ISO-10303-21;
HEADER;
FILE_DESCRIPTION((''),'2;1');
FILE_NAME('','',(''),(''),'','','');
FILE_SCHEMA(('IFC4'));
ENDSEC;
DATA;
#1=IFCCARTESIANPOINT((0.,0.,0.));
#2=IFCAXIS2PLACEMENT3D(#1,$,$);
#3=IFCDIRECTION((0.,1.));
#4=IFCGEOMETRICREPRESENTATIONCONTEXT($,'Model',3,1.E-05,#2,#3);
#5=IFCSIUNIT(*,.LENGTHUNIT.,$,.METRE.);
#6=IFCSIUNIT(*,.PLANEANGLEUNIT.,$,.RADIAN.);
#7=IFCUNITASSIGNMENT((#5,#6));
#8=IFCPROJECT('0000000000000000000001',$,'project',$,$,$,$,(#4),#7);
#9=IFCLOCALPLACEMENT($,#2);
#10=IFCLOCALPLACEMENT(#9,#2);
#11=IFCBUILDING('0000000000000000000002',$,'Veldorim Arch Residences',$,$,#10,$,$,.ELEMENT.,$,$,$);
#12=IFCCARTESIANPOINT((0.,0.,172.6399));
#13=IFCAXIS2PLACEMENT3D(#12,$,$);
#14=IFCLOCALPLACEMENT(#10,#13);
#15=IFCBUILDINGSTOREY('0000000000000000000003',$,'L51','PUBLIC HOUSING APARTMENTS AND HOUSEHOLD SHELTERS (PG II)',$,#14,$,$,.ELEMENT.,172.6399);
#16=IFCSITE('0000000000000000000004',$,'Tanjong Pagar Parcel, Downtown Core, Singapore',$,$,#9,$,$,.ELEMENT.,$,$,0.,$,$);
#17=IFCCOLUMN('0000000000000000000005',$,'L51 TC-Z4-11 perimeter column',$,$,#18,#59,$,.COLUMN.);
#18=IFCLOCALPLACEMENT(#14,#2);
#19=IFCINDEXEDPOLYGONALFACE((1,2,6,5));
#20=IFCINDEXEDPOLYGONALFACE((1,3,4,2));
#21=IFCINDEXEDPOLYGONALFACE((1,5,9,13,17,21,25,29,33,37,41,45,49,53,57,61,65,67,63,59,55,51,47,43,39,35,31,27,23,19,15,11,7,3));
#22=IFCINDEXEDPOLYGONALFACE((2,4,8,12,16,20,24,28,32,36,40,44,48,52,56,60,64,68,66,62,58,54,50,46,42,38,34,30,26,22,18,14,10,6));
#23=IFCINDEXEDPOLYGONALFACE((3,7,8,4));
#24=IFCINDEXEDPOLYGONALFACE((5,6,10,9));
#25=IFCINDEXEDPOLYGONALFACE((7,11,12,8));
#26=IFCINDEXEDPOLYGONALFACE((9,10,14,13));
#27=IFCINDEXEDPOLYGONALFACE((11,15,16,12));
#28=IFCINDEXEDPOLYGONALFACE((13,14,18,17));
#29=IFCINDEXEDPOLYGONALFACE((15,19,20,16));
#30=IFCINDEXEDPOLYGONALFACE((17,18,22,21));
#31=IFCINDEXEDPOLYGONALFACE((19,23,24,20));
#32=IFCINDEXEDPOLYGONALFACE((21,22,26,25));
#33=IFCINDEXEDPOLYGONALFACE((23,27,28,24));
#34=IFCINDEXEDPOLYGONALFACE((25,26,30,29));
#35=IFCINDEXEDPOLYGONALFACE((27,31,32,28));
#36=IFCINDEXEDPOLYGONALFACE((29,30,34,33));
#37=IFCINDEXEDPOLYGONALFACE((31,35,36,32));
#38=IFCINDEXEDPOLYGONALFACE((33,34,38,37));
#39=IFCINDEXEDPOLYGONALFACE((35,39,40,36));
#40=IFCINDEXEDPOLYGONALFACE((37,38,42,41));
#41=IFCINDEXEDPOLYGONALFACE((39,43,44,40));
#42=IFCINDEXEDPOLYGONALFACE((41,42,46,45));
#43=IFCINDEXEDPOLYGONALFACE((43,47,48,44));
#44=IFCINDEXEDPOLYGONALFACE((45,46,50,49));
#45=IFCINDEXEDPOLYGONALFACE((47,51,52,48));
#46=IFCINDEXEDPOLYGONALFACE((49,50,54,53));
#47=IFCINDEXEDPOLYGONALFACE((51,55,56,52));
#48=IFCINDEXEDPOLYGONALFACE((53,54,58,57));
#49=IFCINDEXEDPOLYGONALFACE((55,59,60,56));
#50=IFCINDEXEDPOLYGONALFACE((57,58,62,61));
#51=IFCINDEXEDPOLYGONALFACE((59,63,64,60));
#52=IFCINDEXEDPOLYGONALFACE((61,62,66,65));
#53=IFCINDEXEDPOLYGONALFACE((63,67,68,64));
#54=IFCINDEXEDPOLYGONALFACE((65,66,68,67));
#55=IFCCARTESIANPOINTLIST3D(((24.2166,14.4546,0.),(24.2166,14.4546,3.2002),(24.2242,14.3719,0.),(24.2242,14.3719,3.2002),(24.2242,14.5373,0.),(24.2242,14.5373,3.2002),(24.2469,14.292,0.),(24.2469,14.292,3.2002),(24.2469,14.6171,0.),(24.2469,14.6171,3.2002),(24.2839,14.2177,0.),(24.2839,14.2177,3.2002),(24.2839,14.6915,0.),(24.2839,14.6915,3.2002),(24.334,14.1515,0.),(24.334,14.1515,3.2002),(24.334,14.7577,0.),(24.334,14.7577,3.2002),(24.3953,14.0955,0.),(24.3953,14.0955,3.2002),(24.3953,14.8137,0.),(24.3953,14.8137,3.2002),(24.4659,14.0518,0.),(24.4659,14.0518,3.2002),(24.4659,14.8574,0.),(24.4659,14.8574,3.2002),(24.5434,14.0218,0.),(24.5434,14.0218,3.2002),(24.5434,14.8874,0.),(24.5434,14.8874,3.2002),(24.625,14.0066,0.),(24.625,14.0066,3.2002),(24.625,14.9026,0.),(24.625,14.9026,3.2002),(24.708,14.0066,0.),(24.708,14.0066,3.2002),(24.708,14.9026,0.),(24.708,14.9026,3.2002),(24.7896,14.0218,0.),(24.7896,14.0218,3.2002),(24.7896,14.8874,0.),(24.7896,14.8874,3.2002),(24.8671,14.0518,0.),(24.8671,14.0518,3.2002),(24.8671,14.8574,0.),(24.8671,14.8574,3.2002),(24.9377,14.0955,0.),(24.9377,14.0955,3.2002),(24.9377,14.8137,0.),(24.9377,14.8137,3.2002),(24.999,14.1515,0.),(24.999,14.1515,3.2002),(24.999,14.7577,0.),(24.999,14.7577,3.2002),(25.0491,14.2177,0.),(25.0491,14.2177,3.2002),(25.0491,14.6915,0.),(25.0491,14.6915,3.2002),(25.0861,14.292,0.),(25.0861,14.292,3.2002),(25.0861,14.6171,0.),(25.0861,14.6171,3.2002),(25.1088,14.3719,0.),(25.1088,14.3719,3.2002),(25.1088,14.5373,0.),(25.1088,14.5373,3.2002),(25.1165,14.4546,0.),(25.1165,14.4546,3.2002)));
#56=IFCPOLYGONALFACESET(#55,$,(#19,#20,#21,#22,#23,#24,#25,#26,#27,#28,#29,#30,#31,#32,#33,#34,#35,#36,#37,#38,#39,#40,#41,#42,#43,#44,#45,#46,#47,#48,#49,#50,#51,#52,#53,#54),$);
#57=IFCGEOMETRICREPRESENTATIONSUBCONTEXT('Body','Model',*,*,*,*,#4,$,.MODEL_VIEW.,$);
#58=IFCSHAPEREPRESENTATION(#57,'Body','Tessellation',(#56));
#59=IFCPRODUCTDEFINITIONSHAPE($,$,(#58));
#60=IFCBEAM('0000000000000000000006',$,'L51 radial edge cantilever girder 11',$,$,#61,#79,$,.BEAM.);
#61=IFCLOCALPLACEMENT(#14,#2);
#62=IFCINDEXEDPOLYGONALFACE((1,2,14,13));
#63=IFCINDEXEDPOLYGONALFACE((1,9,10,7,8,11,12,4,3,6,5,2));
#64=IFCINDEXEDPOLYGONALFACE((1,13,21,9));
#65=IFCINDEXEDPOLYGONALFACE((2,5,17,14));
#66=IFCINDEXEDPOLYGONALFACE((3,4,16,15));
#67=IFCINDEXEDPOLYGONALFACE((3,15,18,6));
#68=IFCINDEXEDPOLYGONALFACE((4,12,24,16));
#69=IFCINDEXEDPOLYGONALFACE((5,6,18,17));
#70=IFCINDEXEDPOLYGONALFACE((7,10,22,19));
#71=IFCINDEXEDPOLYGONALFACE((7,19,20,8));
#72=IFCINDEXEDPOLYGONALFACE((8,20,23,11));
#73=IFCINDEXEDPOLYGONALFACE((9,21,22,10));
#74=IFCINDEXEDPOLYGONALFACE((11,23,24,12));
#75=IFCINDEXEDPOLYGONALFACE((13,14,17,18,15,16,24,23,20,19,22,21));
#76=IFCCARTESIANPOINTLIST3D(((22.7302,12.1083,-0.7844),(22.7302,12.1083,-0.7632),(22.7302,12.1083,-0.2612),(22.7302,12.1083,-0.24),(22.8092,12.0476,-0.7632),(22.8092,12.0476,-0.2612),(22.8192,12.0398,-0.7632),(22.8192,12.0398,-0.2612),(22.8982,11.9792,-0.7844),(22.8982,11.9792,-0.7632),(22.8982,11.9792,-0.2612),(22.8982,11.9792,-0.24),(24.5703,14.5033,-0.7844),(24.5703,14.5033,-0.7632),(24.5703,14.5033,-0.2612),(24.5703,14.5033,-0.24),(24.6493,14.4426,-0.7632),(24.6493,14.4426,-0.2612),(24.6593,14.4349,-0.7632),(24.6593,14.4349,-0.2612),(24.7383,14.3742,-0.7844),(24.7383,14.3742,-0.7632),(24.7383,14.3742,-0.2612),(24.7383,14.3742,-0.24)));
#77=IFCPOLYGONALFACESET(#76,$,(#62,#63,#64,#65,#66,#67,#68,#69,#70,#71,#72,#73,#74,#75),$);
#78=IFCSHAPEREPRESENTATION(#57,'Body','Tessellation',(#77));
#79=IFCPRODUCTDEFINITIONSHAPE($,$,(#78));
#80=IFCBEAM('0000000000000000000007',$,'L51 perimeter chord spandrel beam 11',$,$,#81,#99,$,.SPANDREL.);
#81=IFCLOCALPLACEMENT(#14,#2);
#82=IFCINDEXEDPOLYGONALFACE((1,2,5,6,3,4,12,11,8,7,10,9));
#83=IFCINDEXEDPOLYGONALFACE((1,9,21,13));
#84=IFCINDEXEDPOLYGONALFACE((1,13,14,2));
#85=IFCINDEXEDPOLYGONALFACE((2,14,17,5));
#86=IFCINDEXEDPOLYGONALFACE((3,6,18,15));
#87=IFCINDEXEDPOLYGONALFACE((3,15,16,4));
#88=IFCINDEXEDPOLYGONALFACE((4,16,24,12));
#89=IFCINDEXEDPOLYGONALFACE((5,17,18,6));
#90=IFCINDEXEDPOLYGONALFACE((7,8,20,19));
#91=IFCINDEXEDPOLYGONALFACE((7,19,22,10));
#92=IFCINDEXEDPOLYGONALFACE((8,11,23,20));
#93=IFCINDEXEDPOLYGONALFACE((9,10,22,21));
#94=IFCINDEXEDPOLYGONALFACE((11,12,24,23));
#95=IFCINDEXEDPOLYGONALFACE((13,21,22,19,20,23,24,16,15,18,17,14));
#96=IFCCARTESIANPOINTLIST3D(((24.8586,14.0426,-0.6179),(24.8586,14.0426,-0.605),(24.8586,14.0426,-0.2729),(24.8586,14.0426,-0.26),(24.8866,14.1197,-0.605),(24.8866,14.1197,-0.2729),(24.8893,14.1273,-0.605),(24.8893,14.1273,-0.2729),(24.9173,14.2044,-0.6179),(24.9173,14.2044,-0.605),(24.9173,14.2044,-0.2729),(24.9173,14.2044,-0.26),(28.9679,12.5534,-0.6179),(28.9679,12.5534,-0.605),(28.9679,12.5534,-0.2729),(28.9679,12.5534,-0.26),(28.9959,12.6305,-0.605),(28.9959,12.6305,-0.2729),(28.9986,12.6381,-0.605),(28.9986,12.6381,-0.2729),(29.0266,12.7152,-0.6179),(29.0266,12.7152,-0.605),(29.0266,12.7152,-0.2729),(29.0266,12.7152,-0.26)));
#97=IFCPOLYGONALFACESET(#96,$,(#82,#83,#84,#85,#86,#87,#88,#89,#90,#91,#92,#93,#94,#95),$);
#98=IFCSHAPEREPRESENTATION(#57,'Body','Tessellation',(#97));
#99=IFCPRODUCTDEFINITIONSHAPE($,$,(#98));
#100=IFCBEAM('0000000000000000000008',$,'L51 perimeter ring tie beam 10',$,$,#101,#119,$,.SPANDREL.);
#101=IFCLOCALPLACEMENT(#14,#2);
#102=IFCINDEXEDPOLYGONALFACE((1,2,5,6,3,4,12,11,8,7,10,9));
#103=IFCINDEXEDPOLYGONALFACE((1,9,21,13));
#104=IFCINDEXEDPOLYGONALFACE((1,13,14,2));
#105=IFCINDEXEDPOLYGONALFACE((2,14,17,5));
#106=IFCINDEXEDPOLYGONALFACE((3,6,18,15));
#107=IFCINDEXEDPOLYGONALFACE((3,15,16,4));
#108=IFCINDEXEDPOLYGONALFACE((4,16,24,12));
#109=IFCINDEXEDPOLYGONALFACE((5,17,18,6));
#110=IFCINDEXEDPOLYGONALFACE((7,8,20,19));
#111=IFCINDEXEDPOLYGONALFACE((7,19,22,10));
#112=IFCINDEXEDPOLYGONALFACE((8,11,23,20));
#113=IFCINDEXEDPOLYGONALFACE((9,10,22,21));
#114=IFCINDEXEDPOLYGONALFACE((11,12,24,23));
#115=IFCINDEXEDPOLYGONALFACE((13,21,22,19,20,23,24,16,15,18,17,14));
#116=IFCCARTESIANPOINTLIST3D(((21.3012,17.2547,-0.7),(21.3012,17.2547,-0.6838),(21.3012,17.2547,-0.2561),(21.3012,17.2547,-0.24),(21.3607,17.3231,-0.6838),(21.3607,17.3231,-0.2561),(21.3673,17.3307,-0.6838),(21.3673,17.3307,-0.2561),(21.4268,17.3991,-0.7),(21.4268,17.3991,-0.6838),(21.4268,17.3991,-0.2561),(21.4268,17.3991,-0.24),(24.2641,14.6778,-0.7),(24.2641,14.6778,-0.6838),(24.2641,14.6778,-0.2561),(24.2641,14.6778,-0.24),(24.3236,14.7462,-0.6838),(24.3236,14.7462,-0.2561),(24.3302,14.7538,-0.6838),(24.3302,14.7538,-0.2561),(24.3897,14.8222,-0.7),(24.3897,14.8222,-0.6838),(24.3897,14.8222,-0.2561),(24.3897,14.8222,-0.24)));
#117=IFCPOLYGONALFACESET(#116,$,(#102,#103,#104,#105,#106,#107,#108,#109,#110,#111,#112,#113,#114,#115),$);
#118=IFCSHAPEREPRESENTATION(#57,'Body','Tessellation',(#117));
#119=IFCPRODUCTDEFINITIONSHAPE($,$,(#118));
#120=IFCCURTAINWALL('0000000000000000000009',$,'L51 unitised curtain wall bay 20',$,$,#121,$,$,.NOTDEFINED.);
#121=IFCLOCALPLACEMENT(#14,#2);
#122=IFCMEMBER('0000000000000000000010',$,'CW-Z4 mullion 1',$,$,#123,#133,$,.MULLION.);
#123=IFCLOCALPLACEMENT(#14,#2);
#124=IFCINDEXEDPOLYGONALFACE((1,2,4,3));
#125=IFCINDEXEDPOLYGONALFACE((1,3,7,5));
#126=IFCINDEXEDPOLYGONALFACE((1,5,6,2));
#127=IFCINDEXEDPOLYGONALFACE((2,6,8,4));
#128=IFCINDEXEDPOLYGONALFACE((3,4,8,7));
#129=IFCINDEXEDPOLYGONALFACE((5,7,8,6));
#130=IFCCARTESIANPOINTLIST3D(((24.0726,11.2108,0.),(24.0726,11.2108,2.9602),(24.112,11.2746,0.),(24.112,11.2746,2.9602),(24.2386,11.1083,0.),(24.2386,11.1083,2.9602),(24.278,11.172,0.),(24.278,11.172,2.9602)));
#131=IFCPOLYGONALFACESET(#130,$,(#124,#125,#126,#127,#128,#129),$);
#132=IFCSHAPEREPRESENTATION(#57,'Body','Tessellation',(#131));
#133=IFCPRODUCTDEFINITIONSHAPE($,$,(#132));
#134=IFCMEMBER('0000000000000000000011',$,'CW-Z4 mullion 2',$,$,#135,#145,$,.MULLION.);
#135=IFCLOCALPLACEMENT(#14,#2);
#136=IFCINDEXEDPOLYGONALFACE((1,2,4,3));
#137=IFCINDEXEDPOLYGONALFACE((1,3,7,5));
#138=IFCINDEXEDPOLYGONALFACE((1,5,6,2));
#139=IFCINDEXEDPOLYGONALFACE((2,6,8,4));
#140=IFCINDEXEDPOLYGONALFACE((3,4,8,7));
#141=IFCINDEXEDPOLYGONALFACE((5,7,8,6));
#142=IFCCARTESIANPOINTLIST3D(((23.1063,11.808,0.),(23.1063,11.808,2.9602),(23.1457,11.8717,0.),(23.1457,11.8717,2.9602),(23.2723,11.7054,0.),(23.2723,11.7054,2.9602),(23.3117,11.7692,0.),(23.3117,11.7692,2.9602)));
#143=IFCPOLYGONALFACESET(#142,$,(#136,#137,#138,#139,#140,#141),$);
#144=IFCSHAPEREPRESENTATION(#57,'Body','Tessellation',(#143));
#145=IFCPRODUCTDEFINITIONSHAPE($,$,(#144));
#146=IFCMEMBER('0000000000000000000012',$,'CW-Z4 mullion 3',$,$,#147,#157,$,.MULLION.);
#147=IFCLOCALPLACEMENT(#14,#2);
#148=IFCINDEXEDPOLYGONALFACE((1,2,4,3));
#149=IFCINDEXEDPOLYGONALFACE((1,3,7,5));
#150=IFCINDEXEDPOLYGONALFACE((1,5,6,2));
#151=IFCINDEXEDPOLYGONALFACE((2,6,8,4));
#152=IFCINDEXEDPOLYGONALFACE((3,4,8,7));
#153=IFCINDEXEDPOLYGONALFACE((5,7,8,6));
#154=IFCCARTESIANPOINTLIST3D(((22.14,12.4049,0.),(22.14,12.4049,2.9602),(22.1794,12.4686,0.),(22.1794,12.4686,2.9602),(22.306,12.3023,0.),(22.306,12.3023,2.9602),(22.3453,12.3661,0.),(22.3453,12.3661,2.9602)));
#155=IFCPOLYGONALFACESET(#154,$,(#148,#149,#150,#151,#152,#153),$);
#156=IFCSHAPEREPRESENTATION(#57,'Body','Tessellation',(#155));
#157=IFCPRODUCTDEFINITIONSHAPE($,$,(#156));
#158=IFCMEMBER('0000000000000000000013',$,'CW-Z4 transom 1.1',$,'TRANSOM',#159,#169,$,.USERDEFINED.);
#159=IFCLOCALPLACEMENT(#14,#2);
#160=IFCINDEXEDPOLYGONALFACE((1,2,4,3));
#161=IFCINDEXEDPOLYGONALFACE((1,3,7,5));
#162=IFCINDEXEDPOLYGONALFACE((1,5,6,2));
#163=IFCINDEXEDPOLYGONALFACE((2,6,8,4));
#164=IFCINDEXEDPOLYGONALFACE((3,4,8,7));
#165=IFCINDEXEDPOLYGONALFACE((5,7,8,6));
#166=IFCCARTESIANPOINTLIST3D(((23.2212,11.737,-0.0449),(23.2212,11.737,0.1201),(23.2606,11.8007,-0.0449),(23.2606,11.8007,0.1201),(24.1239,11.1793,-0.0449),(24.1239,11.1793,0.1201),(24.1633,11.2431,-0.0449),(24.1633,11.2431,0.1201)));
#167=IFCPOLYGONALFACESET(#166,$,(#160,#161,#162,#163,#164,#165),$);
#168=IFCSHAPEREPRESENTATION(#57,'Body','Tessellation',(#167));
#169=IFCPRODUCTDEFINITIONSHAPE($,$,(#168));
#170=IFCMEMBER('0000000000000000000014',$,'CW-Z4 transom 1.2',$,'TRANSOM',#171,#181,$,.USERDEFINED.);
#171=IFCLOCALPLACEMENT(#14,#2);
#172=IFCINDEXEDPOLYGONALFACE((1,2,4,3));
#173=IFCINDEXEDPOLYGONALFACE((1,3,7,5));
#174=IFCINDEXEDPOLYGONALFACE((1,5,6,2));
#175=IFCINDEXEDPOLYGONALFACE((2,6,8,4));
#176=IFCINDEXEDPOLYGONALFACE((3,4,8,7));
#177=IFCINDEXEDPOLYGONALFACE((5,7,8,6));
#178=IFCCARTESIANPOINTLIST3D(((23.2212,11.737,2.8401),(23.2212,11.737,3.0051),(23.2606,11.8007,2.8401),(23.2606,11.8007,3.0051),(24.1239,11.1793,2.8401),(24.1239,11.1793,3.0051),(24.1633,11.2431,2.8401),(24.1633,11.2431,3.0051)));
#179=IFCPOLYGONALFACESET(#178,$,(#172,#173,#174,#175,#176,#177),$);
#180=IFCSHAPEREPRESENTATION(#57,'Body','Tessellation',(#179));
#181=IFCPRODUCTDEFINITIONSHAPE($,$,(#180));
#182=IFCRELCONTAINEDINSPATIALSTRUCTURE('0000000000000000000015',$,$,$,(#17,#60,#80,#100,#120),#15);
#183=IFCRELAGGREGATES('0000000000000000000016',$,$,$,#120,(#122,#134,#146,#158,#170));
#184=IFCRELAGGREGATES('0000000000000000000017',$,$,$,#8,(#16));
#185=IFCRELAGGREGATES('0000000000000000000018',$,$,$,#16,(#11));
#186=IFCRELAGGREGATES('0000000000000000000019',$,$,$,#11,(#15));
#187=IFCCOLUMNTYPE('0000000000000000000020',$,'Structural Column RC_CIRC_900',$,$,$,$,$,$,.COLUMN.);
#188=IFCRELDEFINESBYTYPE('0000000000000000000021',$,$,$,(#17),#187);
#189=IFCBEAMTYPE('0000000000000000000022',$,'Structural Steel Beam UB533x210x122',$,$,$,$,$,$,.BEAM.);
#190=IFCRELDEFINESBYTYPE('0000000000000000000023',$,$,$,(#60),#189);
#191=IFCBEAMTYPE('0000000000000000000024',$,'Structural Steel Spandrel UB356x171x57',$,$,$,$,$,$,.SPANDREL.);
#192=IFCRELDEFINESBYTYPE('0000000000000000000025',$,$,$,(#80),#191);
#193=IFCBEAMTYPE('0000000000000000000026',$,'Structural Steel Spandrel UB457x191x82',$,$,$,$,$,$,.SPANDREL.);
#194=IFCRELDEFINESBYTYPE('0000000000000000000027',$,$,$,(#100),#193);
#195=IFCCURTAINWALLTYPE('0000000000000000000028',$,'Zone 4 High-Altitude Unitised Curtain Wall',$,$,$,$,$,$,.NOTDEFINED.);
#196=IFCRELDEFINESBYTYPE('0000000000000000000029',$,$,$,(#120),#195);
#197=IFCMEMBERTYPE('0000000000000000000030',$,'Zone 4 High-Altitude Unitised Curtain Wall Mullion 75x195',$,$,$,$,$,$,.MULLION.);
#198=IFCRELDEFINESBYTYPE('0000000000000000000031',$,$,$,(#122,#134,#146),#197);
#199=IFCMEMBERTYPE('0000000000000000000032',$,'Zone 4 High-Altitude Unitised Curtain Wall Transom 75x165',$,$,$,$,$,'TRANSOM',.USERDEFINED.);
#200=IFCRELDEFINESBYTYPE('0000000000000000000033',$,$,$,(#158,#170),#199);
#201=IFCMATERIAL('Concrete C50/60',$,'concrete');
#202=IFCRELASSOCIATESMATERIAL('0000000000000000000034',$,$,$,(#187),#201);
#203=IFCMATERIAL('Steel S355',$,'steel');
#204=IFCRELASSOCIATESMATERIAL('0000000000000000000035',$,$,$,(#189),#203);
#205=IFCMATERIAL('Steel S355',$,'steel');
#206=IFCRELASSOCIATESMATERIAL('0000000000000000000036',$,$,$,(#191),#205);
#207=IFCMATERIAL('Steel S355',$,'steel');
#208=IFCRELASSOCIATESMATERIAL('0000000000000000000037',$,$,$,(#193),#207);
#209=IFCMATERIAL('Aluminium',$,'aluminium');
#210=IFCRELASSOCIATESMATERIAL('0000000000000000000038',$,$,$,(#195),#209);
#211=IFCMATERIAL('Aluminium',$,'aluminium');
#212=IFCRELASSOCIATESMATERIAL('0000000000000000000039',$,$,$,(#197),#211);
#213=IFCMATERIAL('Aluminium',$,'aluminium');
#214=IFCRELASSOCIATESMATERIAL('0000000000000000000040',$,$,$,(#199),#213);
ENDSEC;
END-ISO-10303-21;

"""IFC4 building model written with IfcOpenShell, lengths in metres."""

from ifc_helpers import new_model, si_unit, direction, frame, origin, origin_2d, place, context, subcontext, project, spatial, rectangle, circle, i_section, extrude, material, material_profile, profile_set, type_object, element, aggregate, save


model = new_model("IFC4")

# Units and contexts
model_context = context("Model", 3, precision=1e-05, world=origin(), true_north=direction((0.0, 1.0)))
body_context = subcontext(model_context, "Body", "Model", "MODEL_VIEW")
ifc_project = project(units=[si_unit("LENGTHUNIT", "METRE"), si_unit("PLANEANGLEUNIT", "RADIAN")], contexts=[model_context])

# Site, building, storey
site_placement = place(None, origin())
site = spatial("IfcSite", under=ifc_project, at=site_placement, Name="Tanjong Pagar Parcel, Downtown Core, Singapore", CompositionType="ELEMENT", RefElevation=0.0)
building_placement = place(site_placement, origin())
building = spatial("IfcBuilding", under=site, at=building_placement, Name="Veldorim Arch Residences", CompositionType="ELEMENT")
storey_placement = place(building_placement, frame((0.0, 0.0, 172.6399)))
storey = spatial("IfcBuildingStorey", under=building, at=storey_placement, Name="L51", Description="PUBLIC HOUSING APARTMENTS AND HOUSEHOLD SHELTERS (PG II)", CompositionType="ELEMENT", Elevation=172.6399)

# Column
ifc_material_1 = material(Name="Concrete C50/60", Category="concrete")
ifc_material_profile_1 = material_profile(ifc_material_1, circle(Radius=0.45, at=origin_2d()), Name="RC_CIRC_900")
ifc_profile_set_1 = profile_set([ifc_material_profile_1], Name="Concrete C50/60")
column_type = type_object("IfcColumnType", Name="Structural Column RC_CIRC_900", PredefinedType="COLUMN", material=ifc_profile_set_1)
column_placement = place(storey_placement, frame((24.6665, 14.4546, 0.0), z_axis=(0.0, 0.0, 1.0), x_axis=(1.0, 0.0, 0.0)))
element("IfcColumn", 1, at=column_placement, inside=storey, type_object=column_type, Name="L51 TC-Z4-11 perimeter column", PredefinedType="COLUMN", context=body_context, shape_type="SweptSolid", body=[
    extrude(circle(Radius=0.45, at=origin_2d()), origin(), (0.0, 0.0, 1.0), 3.2002),
])

# Beams
ifc_material_2 = material(Name="Steel S355", Category="steel")
ifc_material_profile_2 = material_profile(ifc_material_2, i_section(OverallWidth=0.2119, OverallDepth=0.5444, WebThickness=0.0127, FlangeThickness=0.0212, at=origin_2d()), Name="UB533x210x122")
ifc_profile_set_2 = profile_set([ifc_material_profile_2], Name="Steel S355")
beam_type_1 = type_object("IfcBeamType", Name="Structural Steel Beam UB533x210x122", PredefinedType="BEAM", material=ifc_profile_set_2)
beam_1_placement = place(storey_placement, frame((24.6543, 14.4387, -0.5122), z_axis=(-0.609246, -0.792981, 0.0), x_axis=(0.792981, -0.609246, 0.0)))
element("IfcBeam", 2, at=beam_1_placement, inside=storey, type_object=beam_type_1, Name="L51 radial edge cantilever girder 11", PredefinedType="BEAM", context=body_context, shape_type="SweptSolid", body=[
    extrude(i_section(OverallWidth=0.2119, OverallDepth=0.5444, WebThickness=0.0127, FlangeThickness=0.0212, at=origin_2d()), origin(), (0.0, 0.0, 1.0), 3.0203),
])
ifc_material_3 = material(Name="Steel S355", Category="steel")
ifc_material_profile_3 = material_profile(ifc_material_3, i_section(OverallWidth=0.1721, OverallDepth=0.3579, WebThickness=0.0081, FlangeThickness=0.0129, at=origin_2d()), Name="UB356x171x57")
ifc_profile_set_3 = profile_set([ifc_material_profile_3], Name="Steel S355")
beam_type_2 = type_object("IfcBeamType", Name="Structural Steel Spandrel UB356x171x57", PredefinedType="SPANDREL", material=ifc_profile_set_3)
beam_2_placement = place(storey_placement, frame((24.8879, 14.1235, -0.439), z_axis=(0.940165, -0.34072, 0.0), x_axis=(0.34072, 0.940165, 0.0)))
element("IfcBeam", 3, at=beam_2_placement, inside=storey, type_object=beam_type_2, Name="L51 perimeter chord spandrel beam 11", PredefinedType="SPANDREL", context=body_context, shape_type="SweptSolid", body=[
    extrude(i_section(OverallWidth=0.1721, OverallDepth=0.3579, WebThickness=0.0081, FlangeThickness=0.0129, at=origin_2d()), origin(), (0.0, 0.0, 1.0), 4.3708),
])
ifc_material_4 = material(Name="Steel S355", Category="steel")
ifc_material_profile_4 = material_profile(ifc_material_4, i_section(OverallWidth=0.1914, OverallDepth=0.46, WebThickness=0.01, FlangeThickness=0.0161, at=origin_2d()), Name="UB457x191x82")
ifc_profile_set_4 = profile_set([ifc_material_profile_4], Name="Steel S355")
beam_type_3 = type_object("IfcBeamType", Name="Structural Steel Spandrel UB457x191x82", PredefinedType="SPANDREL", material=ifc_profile_set_4)
beam_3_placement = place(storey_placement, frame((21.364, 17.3269, -0.47), z_axis=(0.754545, -0.656248, 0.0), x_axis=(0.656248, 0.754545, 0.0)))
element("IfcBeam", 4, at=beam_3_placement, inside=storey, type_object=beam_type_3, Name="L51 perimeter ring tie beam 10", PredefinedType="SPANDREL", context=body_context, shape_type="SweptSolid", body=[
    extrude(i_section(OverallWidth=0.1914, OverallDepth=0.46, WebThickness=0.01, FlangeThickness=0.0161, at=origin_2d()), origin(), (0.0, 0.0, 1.0), 3.9268),
])

# Curtain wall, members
ifc_material_5 = material(Name="Aluminium", Category="aluminium")
curtain_wall_type = type_object("IfcCurtainWallType", Name="Zone 4 High-Altitude Unitised Curtain Wall", PredefinedType="NOTDEFINED", material=ifc_material_5)
curtain_wall_placement = place(storey_placement, origin())
curtain_wall = element("IfcCurtainWall", 5, at=curtain_wall_placement, inside=storey, type_object=curtain_wall_type, Name="L51 unitised curtain wall bay 20", PredefinedType="NOTDEFINED")
ifc_material_6 = material(Name="Aluminium", Category="aluminium")
ifc_material_profile_5 = material_profile(ifc_material_6, rectangle(XDim=0.075, YDim=0.1951, at=origin_2d()), Name="ALU_MUL_75x195")
ifc_profile_set_5 = profile_set([ifc_material_profile_5], Name="Aluminium")
member_type_1 = type_object("IfcMemberType", Name="Zone 4 High-Altitude Unitised Curtain Wall Mullion 75x195", PredefinedType="MULLION", material=ifc_profile_set_5)
member_1_placement = place(storey_placement, frame((24.1753, 11.1914, 0.0), z_axis=(0.0, 0.0, 1.0), x_axis=(-0.525637, -0.850709, 0.0)))
member_1 = element("IfcMember", 6, at=member_1_placement, type_object=member_type_1, Name="CW-Z4 mullion 1", PredefinedType="MULLION", context=body_context, shape_type="SweptSolid", body=[
    extrude(rectangle(XDim=0.075, YDim=0.1951, at=origin_2d()), origin(), (0.0, 0.0, 1.0), 2.9602),
])
member_2_placement = place(storey_placement, frame((23.209, 11.7886, 0.0), z_axis=(0.0, 0.0, 1.0), x_axis=(-0.525637, -0.850709, 0.0)))
member_2 = element("IfcMember", 7, at=member_2_placement, type_object=member_type_1, Name="CW-Z4 mullion 2", PredefinedType="MULLION", context=body_context, shape_type="SweptSolid", body=[
    extrude(rectangle(XDim=0.075, YDim=0.1951, at=origin_2d()), origin(), (0.0, 0.0, 1.0), 2.9602),
])
member_3_placement = place(storey_placement, frame((22.2427, 12.3855, 0.0), z_axis=(0.0, 0.0, 1.0), x_axis=(-0.525637, -0.850709, 0.0)))
member_3 = element("IfcMember", 8, at=member_3_placement, type_object=member_type_1, Name="CW-Z4 mullion 3", PredefinedType="MULLION", context=body_context, shape_type="SweptSolid", body=[
    extrude(rectangle(XDim=0.075, YDim=0.1951, at=origin_2d()), origin(), (0.0, 0.0, 1.0), 2.9602),
])
ifc_material_7 = material(Name="Aluminium", Category="aluminium")
ifc_material_profile_6 = material_profile(ifc_material_7, rectangle(XDim=0.075, YDim=0.165, at=origin_2d()), Name="ALU_TRN_75x165")
ifc_profile_set_6 = profile_set([ifc_material_profile_6], Name="Aluminium")
member_type_2 = type_object("IfcMemberType", Name="Zone 4 High-Altitude Unitised Curtain Wall Transom 75x165", ElementType="TRANSOM", PredefinedType="USERDEFINED", material=ifc_profile_set_6)
member_4_placement = place(storey_placement, frame((24.1436, 11.2112, 0.0376), z_axis=(-0.85074, 0.525586, 0.0), x_axis=(-0.525586, -0.85074, 0.0)))
member_4 = element("IfcMember", 9, at=member_4_placement, type_object=member_type_2, Name="CW-Z4 transom 1.1", ObjectType="TRANSOM", PredefinedType="USERDEFINED", context=body_context, shape_type="SweptSolid", body=[
    extrude(rectangle(XDim=0.075, YDim=0.165, at=origin_2d()), origin(), (0.0, 0.0, 1.0), 1.061),
])
member_5_placement = place(storey_placement, frame((24.1436, 11.2112, 2.9226), z_axis=(-0.85074, 0.525586, 0.0), x_axis=(-0.525586, -0.85074, 0.0)))
member_5 = element("IfcMember", 10, at=member_5_placement, type_object=member_type_2, Name="CW-Z4 transom 1.2", ObjectType="TRANSOM", PredefinedType="USERDEFINED", context=body_context, shape_type="SweptSolid", body=[
    extrude(rectangle(XDim=0.075, YDim=0.165, at=origin_2d()), origin(), (0.0, 0.0, 1.0), 1.061),
])
aggregate(curtain_wall, [member_1, member_2, member_3, member_4, member_5])

save(model, "model.ifc")
